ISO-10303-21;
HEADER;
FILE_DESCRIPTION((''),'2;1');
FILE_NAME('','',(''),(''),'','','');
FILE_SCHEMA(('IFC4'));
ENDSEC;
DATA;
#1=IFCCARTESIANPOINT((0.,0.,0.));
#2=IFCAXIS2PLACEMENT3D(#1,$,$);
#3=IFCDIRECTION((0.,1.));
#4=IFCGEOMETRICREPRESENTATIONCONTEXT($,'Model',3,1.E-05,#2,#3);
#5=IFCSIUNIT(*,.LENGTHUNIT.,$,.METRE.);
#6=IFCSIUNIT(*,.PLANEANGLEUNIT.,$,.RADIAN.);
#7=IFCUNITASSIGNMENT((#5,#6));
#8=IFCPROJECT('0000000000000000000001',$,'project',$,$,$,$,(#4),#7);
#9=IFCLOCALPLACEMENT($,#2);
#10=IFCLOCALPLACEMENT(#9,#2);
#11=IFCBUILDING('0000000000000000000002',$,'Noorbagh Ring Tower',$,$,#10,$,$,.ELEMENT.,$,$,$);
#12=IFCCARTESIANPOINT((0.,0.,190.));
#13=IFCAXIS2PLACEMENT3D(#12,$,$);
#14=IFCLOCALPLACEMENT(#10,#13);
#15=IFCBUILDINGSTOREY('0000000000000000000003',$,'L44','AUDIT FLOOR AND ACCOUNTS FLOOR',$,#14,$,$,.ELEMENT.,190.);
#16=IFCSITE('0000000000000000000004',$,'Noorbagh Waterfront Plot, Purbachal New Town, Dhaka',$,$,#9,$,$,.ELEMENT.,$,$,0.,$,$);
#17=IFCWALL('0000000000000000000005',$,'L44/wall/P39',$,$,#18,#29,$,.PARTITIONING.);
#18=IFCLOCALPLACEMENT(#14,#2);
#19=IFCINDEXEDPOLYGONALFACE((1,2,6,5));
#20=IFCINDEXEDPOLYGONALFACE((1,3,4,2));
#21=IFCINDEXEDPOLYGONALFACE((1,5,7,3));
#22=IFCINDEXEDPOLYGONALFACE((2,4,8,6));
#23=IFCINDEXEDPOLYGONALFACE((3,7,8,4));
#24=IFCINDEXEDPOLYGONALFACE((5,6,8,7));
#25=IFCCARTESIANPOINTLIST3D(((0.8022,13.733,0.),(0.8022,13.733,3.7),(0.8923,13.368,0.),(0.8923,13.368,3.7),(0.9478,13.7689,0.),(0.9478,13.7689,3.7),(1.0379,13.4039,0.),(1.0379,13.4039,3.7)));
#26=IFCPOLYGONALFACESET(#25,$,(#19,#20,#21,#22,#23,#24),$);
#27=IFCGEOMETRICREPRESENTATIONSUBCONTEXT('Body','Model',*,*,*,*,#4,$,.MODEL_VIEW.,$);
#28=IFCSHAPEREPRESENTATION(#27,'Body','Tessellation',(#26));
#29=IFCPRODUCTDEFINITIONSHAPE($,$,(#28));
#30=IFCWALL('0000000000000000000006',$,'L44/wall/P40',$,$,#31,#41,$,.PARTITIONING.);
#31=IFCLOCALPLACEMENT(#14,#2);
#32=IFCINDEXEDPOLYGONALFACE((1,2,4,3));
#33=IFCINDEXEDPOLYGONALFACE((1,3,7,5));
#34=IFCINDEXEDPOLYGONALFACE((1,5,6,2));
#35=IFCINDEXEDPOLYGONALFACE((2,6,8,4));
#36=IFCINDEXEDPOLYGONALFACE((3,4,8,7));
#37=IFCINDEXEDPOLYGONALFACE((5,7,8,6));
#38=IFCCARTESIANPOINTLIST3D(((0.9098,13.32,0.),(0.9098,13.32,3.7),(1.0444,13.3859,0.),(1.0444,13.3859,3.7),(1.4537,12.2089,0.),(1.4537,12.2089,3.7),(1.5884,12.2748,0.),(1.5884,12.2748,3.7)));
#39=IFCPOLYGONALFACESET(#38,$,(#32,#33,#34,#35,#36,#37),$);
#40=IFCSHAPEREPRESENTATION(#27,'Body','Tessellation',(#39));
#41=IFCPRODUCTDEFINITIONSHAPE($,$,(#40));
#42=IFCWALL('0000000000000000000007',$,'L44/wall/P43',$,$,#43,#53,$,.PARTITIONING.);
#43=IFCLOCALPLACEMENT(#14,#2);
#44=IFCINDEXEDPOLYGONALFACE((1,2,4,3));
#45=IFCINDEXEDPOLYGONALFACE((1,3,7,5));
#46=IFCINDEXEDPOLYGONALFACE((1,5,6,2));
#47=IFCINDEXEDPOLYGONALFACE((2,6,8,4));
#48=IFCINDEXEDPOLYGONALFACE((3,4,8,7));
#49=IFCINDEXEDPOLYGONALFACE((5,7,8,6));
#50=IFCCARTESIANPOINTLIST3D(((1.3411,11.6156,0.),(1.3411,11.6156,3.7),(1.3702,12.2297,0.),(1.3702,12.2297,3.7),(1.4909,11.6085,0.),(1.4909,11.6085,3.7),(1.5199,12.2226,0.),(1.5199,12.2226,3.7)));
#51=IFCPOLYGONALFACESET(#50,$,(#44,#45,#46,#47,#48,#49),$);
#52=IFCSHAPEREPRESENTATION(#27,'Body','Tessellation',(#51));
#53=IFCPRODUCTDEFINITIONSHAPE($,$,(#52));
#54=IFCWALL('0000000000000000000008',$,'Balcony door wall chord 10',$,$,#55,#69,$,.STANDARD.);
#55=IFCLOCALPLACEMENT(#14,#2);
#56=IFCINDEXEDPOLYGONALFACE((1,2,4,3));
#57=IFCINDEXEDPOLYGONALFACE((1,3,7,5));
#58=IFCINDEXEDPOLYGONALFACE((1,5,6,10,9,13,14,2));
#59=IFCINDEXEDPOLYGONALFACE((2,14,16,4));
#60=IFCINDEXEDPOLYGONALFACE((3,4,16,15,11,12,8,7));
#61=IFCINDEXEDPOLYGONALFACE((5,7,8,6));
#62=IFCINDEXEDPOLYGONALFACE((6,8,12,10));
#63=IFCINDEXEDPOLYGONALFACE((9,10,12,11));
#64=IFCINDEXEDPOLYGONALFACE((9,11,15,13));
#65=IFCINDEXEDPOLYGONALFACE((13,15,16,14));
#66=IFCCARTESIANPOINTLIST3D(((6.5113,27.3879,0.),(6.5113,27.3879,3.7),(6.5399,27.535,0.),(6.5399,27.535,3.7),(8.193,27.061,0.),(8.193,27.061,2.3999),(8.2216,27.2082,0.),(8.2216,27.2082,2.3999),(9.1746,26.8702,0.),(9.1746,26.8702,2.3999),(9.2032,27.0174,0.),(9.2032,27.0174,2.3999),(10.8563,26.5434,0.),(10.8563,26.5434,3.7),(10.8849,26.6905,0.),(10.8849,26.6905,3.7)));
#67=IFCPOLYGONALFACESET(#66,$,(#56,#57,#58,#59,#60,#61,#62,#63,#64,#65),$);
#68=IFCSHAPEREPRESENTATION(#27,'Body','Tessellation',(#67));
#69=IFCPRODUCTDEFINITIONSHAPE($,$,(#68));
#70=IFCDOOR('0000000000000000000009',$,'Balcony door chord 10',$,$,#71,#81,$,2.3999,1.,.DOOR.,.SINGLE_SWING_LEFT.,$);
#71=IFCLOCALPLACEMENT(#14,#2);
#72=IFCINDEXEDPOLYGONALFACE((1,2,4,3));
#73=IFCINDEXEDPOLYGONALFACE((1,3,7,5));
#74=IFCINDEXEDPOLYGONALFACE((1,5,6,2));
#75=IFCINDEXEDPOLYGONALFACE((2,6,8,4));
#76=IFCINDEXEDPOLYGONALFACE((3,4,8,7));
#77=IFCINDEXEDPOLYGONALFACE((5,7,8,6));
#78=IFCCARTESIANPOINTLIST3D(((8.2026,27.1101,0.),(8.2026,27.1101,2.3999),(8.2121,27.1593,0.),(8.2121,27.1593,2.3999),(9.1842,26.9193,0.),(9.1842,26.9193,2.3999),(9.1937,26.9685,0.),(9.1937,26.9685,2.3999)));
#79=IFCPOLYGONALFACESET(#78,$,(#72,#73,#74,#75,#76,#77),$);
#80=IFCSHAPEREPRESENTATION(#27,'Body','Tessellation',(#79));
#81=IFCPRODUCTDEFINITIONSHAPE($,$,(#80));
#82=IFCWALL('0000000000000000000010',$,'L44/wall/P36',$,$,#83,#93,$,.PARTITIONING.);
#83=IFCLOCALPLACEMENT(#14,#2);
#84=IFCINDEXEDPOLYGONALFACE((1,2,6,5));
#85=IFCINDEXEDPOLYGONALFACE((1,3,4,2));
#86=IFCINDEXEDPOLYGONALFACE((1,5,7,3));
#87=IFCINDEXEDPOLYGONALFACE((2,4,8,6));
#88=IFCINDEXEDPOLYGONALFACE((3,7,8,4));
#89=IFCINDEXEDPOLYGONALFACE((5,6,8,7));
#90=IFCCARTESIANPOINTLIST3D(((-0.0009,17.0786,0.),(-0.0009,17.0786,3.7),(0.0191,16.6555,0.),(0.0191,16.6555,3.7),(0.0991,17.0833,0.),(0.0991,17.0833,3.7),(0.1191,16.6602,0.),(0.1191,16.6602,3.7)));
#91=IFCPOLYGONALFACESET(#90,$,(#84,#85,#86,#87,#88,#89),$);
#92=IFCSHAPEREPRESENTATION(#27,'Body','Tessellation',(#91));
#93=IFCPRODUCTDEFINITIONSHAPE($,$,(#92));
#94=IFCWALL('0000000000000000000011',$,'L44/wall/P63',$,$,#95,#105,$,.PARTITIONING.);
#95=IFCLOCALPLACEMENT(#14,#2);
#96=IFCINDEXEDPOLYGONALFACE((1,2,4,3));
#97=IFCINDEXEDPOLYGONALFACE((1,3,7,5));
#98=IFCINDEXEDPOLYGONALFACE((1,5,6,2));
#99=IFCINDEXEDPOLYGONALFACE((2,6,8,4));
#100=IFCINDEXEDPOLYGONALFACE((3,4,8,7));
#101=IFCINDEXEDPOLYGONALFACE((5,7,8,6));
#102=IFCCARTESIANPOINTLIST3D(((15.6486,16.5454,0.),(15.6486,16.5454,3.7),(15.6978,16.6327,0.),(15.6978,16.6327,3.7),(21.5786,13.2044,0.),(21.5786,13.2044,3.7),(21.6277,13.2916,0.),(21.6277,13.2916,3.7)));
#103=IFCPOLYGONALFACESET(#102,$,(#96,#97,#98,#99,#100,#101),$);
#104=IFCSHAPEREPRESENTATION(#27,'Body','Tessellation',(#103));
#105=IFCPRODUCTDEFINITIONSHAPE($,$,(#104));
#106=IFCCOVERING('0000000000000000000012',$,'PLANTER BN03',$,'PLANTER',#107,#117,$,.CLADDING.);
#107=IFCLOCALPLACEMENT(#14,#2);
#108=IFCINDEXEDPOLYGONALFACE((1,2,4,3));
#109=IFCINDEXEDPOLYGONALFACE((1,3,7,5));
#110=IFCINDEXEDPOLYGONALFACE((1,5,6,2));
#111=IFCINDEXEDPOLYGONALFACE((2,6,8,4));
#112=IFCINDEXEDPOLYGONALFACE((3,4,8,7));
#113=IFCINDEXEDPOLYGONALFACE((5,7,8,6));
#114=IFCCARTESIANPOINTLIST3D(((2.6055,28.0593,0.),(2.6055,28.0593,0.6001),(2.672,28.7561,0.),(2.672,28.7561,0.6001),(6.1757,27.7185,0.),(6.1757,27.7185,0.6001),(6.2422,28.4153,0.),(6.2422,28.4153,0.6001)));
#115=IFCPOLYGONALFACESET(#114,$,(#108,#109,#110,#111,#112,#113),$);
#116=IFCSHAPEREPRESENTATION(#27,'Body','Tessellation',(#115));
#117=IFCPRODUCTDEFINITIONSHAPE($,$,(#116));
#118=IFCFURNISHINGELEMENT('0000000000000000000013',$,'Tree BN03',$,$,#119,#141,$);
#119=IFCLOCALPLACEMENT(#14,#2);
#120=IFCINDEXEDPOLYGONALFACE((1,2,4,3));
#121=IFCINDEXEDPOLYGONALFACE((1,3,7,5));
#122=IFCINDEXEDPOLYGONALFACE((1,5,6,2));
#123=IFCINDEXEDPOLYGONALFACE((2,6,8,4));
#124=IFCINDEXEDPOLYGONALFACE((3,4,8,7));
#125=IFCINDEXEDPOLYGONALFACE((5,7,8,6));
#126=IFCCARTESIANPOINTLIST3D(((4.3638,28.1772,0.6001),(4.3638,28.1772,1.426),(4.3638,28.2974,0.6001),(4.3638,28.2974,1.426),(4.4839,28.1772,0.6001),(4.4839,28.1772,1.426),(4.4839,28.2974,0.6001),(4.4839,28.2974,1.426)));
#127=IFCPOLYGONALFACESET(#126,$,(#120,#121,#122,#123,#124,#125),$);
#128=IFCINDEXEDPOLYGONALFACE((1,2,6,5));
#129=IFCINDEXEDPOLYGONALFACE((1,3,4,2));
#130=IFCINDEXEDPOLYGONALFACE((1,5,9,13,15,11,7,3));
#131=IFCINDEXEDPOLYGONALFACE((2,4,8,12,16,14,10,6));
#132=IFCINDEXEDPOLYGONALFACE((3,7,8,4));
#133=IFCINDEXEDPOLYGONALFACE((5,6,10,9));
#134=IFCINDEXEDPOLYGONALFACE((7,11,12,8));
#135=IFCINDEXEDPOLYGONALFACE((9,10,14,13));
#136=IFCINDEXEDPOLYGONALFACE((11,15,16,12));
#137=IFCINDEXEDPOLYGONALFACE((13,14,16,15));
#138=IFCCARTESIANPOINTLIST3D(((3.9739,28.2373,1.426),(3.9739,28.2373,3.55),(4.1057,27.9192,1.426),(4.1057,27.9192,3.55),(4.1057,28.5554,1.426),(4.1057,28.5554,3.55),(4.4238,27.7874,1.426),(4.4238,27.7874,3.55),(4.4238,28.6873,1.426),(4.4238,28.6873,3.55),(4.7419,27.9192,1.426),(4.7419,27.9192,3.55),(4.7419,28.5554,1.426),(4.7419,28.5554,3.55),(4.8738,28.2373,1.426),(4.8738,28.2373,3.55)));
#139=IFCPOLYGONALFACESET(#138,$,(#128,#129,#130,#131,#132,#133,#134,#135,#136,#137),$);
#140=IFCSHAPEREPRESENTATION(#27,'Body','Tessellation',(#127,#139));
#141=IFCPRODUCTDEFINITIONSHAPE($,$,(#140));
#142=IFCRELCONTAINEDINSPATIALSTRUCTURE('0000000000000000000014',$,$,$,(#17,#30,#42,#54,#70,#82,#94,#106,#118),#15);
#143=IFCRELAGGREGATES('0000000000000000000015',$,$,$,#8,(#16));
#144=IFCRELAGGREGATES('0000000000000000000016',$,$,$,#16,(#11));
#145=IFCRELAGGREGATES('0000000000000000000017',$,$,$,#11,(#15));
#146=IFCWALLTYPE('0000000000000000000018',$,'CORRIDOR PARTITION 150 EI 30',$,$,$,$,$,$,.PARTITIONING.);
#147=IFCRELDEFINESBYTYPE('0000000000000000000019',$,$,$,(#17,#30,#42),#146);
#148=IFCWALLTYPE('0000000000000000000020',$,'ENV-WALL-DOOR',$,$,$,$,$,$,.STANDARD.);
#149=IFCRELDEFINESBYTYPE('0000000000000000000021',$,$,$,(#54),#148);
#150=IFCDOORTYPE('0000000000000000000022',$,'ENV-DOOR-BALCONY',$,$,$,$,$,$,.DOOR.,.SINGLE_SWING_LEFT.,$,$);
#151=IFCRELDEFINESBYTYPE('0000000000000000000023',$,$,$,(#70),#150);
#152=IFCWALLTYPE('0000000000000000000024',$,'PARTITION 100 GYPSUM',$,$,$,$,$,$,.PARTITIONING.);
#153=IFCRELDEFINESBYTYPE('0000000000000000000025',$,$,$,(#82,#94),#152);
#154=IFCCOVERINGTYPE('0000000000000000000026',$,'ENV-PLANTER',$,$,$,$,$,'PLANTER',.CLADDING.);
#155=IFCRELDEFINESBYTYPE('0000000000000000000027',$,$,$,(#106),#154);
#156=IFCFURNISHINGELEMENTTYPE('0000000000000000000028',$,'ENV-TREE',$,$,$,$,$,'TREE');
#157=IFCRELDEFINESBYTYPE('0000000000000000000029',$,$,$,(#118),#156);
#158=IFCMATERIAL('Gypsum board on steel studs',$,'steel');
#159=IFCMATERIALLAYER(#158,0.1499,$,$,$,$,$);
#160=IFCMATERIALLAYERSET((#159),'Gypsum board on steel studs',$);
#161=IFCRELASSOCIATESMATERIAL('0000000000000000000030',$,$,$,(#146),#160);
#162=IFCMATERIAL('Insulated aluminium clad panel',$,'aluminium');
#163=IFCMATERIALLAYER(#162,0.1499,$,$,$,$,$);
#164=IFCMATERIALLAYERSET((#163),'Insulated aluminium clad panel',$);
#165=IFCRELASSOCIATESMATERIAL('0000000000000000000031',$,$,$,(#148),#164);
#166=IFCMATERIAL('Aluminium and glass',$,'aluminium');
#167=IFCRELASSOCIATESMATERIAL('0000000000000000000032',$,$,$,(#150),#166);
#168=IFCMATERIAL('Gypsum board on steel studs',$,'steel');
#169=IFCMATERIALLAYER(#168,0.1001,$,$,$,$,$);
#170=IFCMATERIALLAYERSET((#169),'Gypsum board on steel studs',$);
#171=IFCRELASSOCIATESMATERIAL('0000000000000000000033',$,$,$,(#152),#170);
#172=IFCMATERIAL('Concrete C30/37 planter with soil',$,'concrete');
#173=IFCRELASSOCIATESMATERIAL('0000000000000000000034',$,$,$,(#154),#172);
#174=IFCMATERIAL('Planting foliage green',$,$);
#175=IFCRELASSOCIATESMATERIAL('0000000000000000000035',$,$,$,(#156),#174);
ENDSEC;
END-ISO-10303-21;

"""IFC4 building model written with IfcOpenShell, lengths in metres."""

from ifc_helpers import new_model, si_unit, direction, frame, frame_2d, origin, origin_2d, place, context, subcontext, project, spatial, polyline, rectangle, outline, extrude, material, layer, layer_set, type_object, element, fill, save


model = new_model("IFC4")

# Units and contexts
model_context = context("Model", 3, precision=1e-05, world=origin(), true_north=direction((0.0, 1.0)))
body_context = subcontext(model_context, "Body", "Model", "MODEL_VIEW")
ifc_project = project(units=[si_unit("LENGTHUNIT", "METRE"), si_unit("PLANEANGLEUNIT", "RADIAN")], contexts=[model_context])

# Site, building, storey
site_placement = place(None, origin())
site = spatial("IfcSite", under=ifc_project, at=site_placement, Name="Noorbagh Waterfront Plot, Purbachal New Town, Dhaka", CompositionType="ELEMENT", RefElevation=0.0)
building_placement = place(site_placement, origin())
building = spatial("IfcBuilding", under=site, at=building_placement, Name="Noorbagh Ring Tower", CompositionType="ELEMENT")
storey_placement = place(building_placement, frame((0.0, 0.0, 190.0)))
storey = spatial("IfcBuildingStorey", under=building, at=storey_placement, Name="L44", Description="AUDIT FLOOR AND ACCOUNTS FLOOR", CompositionType="ELEMENT", Elevation=190.0)

# Walls
ifc_material_1 = material(Name="Gypsum board on steel studs", Category="steel")
ifc_layer_1 = layer(ifc_material_1, 0.1499)
ifc_layer_set_1 = layer_set([ifc_layer_1], Name="Gypsum board on steel studs")
wall_type_1 = type_object("IfcWallType", Name="CORRIDOR PARTITION 150 EI 30", PredefinedType="PARTITIONING", material=ifc_layer_set_1)
wall_1_placement = place(storey_placement, frame((0.875, 13.751, 0.0), z_axis=(0.0, 0.0, 1.0), x_axis=(0.239631, -0.970864, 0.0)))
element("IfcWall", 1, at=wall_1_placement, inside=storey, type_object=wall_type_1, Name="L44/wall/P39", PredefinedType="PARTITIONING", context=body_context, shape_type="SweptSolid", body=[
    extrude(rectangle(XDim=0.376, YDim=0.1499, at=frame_2d((0.188, 0.0))), origin(), (0.0, 0.0, 1.0), 3.7),
])
wall_2_placement = place(storey_placement, frame((0.9771, 13.353, 0.0), z_axis=(0.0, 0.0, 1.0), x_axis=(0.439699, -0.898145, 0.0)))
element("IfcWall", 2, at=wall_2_placement, inside=storey, type_object=wall_type_1, Name="L44/wall/P40", PredefinedType="PARTITIONING", context=body_context, shape_type="SweptSolid", body=[
    extrude(rectangle(XDim=1.2371, YDim=0.1499, at=frame_2d((0.6187, 0.0))), origin(), (0.0, 0.0, 1.0), 3.7),
])
wall_3_placement = place(storey_placement, frame((1.416, 11.6121, 0.0), z_axis=(0.0, 0.0, 1.0), x_axis=(0.047263, 0.998882, 0.0)))
element("IfcWall", 3, at=wall_3_placement, inside=storey, type_object=wall_type_1, Name="L44/wall/P43", PredefinedType="PARTITIONING", context=body_context, shape_type="SweptSolid", body=[
    extrude(rectangle(XDim=0.6147, YDim=0.1499, at=frame_2d((0.3074, 0.0))), origin(), (0.0, 0.0, 1.0), 3.7),
])

# Wall, opening, door
ifc_material_2 = material(Name="Insulated aluminium clad panel", Category="aluminium")
ifc_layer_2 = layer(ifc_material_2, 0.1499)
ifc_layer_set_2 = layer_set([ifc_layer_2], Name="Insulated aluminium clad panel")
wall_type_2 = type_object("IfcWallType", Name="ENV-WALL-DOOR", PredefinedType="STANDARD", material=ifc_layer_set_2)
wall_4_placement = place(storey_placement, frame((10.8706, 26.6169, 0.0), z_axis=(0.0, 0.0, 1.0), x_axis=(-0.981631, 0.190788, 0.0)))
wall_4 = element("IfcWall", 4, at=wall_4_placement, inside=storey, type_object=wall_type_2, Name="Balcony door wall chord 10", PredefinedType="STANDARD", context=body_context, shape_type="SweptSolid", body=[
    extrude(rectangle(XDim=4.4263, YDim=0.1499, at=frame_2d((2.2131, 0.0))), origin(), (0.0, 0.0, 1.0), 3.7),
])
opening_placement = place(wall_4_placement, frame((1.7131, 0.0, 0.0)))
opening = element("IfcOpeningElement", 5, at=opening_placement, cuts=wall_4, PredefinedType="OPENING", context=body_context, shape_type="SweptSolid", body=[
    extrude(rectangle(XDim=1.0, YDim=2.3999, at=frame_2d((0.5, 1.2))), frame((0.0, 0.085, 0.0), z_axis=(0.0, -1.0, 0.0), x_axis=(1.0, 0.0, 0.0)), (0.0, 0.0, 1.0), 0.1699),
])
ifc_material_3 = material(Name="Aluminium and glass", Category="aluminium")
door_type = type_object("IfcDoorType", Name="ENV-DOOR-BALCONY", OperationType="SINGLE_SWING_LEFT", PredefinedType="DOOR", material=ifc_material_3)
door_placement = place(opening_placement, origin())
door = element("IfcDoor", 6, at=door_placement, inside=storey, type_object=door_type, Name="Balcony door chord 10", OperationType="SINGLE_SWING_LEFT", OverallHeight=2.3999, OverallWidth=1.0, PredefinedType="DOOR", context=body_context, shape_type="SweptSolid", body=[
    extrude(rectangle(XDim=1.0, YDim=2.3999, at=frame_2d((0.5, 1.2))), frame((0.0, 0.0249, 0.0), z_axis=(0.0, -1.0, 0.0), x_axis=(1.0, 0.0, 0.0)), (0.0, 0.0, 1.0), 0.05),
])
fill(opening, door)

# Walls
ifc_material_4 = material(Name="Gypsum board on steel studs", Category="steel")
ifc_layer_3 = layer(ifc_material_4, 0.1001)
ifc_layer_set_3 = layer_set([ifc_layer_3], Name="Gypsum board on steel studs")
wall_type_3 = type_object("IfcWallType", Name="PARTITION 100 GYPSUM", PredefinedType="PARTITIONING", material=ifc_layer_set_3)
wall_5_placement = place(storey_placement, frame((0.0491, 17.0811, 0.0), z_axis=(0.0, 0.0, 1.0), x_axis=(0.047264, -0.998882, 0.0)))
element("IfcWall", 7, at=wall_5_placement, inside=storey, type_object=wall_type_3, Name="L44/wall/P36", PredefinedType="PARTITIONING", context=body_context, shape_type="SweptSolid", body=[
    extrude(rectangle(XDim=0.4236, YDim=0.1001, at=frame_2d((0.2119, 0.0))), origin(), (0.0, 0.0, 1.0), 3.7),
])
wall_6_placement = place(storey_placement, frame((15.6731, 16.5891, 0.0), z_axis=(0.0, 0.0, 1.0), x_axis=(0.871231, -0.490872, 0.0)))
element("IfcWall", 8, at=wall_6_placement, inside=storey, type_object=wall_type_3, Name="L44/wall/P63", PredefinedType="PARTITIONING", context=body_context, shape_type="SweptSolid", body=[
    extrude(rectangle(XDim=6.8064, YDim=0.1001, at=frame_2d((3.4033, 0.0))), origin(), (0.0, 0.0, 1.0), 3.7),
])

# Covering
ifc_material_5 = material(Name="Concrete C30/37 planter with soil", Category="concrete")
covering_type = type_object("IfcCoveringType", Name="ENV-PLANTER", ElementType="PLANTER", PredefinedType="CLADDING", material=ifc_material_5)
covering_placement = place(storey_placement, frame((4.4238, 28.2373, 0.0), z_axis=(0.0, 0.0, 1.0), x_axis=(-0.995476, 0.095008, 0.0)))
element("IfcCovering", 9, at=covering_placement, inside=storey, type_object=covering_type, Name="PLANTER BN03", ObjectType="PLANTER", PredefinedType="CLADDING", context=body_context, shape_type="SweptSolid", body=[
    extrude(rectangle(XDim=3.5864, YDim=0.7, at=origin_2d()), origin(), (0.0, 0.0, 1.0), 0.6001),
])

# Furnishing element
ifc_material_6 = material(Name="Planting foliage green")
furnishing_element_type = type_object("IfcFurnishingElementType", Name="ENV-TREE", ElementType="TREE", material=ifc_material_6)
furnishing_placement = place(storey_placement, frame((4.4238, 28.2373, 0.6001), z_axis=(0.0, 0.0, 1.0), x_axis=(1.0, 0.0, 0.0)))
element("IfcFurnishingElement", 10, at=furnishing_placement, inside=storey, type_object=furnishing_element_type, Name="Tree BN03", context=body_context, shape_type="SweptSolid", body=[
    extrude(rectangle(XDim=0.1201, YDim=0.1201, at=origin_2d()), origin(), (0.0, 0.0, 1.0), 0.8259),
    extrude(outline(polyline([(0.45, 0.0), (0.3181, 0.3181), (0.0, 0.45), (-0.3181, 0.3181), (-0.45, 0.0), (-0.3181, -0.3181), (0.0, -0.45), (0.3181, -0.3181), (0.45, 0.0)])), frame((0.0, 0.0, 0.8259)), (0.0, 0.0, 1.0), 2.124),
])

save(model, "model.ifc")
